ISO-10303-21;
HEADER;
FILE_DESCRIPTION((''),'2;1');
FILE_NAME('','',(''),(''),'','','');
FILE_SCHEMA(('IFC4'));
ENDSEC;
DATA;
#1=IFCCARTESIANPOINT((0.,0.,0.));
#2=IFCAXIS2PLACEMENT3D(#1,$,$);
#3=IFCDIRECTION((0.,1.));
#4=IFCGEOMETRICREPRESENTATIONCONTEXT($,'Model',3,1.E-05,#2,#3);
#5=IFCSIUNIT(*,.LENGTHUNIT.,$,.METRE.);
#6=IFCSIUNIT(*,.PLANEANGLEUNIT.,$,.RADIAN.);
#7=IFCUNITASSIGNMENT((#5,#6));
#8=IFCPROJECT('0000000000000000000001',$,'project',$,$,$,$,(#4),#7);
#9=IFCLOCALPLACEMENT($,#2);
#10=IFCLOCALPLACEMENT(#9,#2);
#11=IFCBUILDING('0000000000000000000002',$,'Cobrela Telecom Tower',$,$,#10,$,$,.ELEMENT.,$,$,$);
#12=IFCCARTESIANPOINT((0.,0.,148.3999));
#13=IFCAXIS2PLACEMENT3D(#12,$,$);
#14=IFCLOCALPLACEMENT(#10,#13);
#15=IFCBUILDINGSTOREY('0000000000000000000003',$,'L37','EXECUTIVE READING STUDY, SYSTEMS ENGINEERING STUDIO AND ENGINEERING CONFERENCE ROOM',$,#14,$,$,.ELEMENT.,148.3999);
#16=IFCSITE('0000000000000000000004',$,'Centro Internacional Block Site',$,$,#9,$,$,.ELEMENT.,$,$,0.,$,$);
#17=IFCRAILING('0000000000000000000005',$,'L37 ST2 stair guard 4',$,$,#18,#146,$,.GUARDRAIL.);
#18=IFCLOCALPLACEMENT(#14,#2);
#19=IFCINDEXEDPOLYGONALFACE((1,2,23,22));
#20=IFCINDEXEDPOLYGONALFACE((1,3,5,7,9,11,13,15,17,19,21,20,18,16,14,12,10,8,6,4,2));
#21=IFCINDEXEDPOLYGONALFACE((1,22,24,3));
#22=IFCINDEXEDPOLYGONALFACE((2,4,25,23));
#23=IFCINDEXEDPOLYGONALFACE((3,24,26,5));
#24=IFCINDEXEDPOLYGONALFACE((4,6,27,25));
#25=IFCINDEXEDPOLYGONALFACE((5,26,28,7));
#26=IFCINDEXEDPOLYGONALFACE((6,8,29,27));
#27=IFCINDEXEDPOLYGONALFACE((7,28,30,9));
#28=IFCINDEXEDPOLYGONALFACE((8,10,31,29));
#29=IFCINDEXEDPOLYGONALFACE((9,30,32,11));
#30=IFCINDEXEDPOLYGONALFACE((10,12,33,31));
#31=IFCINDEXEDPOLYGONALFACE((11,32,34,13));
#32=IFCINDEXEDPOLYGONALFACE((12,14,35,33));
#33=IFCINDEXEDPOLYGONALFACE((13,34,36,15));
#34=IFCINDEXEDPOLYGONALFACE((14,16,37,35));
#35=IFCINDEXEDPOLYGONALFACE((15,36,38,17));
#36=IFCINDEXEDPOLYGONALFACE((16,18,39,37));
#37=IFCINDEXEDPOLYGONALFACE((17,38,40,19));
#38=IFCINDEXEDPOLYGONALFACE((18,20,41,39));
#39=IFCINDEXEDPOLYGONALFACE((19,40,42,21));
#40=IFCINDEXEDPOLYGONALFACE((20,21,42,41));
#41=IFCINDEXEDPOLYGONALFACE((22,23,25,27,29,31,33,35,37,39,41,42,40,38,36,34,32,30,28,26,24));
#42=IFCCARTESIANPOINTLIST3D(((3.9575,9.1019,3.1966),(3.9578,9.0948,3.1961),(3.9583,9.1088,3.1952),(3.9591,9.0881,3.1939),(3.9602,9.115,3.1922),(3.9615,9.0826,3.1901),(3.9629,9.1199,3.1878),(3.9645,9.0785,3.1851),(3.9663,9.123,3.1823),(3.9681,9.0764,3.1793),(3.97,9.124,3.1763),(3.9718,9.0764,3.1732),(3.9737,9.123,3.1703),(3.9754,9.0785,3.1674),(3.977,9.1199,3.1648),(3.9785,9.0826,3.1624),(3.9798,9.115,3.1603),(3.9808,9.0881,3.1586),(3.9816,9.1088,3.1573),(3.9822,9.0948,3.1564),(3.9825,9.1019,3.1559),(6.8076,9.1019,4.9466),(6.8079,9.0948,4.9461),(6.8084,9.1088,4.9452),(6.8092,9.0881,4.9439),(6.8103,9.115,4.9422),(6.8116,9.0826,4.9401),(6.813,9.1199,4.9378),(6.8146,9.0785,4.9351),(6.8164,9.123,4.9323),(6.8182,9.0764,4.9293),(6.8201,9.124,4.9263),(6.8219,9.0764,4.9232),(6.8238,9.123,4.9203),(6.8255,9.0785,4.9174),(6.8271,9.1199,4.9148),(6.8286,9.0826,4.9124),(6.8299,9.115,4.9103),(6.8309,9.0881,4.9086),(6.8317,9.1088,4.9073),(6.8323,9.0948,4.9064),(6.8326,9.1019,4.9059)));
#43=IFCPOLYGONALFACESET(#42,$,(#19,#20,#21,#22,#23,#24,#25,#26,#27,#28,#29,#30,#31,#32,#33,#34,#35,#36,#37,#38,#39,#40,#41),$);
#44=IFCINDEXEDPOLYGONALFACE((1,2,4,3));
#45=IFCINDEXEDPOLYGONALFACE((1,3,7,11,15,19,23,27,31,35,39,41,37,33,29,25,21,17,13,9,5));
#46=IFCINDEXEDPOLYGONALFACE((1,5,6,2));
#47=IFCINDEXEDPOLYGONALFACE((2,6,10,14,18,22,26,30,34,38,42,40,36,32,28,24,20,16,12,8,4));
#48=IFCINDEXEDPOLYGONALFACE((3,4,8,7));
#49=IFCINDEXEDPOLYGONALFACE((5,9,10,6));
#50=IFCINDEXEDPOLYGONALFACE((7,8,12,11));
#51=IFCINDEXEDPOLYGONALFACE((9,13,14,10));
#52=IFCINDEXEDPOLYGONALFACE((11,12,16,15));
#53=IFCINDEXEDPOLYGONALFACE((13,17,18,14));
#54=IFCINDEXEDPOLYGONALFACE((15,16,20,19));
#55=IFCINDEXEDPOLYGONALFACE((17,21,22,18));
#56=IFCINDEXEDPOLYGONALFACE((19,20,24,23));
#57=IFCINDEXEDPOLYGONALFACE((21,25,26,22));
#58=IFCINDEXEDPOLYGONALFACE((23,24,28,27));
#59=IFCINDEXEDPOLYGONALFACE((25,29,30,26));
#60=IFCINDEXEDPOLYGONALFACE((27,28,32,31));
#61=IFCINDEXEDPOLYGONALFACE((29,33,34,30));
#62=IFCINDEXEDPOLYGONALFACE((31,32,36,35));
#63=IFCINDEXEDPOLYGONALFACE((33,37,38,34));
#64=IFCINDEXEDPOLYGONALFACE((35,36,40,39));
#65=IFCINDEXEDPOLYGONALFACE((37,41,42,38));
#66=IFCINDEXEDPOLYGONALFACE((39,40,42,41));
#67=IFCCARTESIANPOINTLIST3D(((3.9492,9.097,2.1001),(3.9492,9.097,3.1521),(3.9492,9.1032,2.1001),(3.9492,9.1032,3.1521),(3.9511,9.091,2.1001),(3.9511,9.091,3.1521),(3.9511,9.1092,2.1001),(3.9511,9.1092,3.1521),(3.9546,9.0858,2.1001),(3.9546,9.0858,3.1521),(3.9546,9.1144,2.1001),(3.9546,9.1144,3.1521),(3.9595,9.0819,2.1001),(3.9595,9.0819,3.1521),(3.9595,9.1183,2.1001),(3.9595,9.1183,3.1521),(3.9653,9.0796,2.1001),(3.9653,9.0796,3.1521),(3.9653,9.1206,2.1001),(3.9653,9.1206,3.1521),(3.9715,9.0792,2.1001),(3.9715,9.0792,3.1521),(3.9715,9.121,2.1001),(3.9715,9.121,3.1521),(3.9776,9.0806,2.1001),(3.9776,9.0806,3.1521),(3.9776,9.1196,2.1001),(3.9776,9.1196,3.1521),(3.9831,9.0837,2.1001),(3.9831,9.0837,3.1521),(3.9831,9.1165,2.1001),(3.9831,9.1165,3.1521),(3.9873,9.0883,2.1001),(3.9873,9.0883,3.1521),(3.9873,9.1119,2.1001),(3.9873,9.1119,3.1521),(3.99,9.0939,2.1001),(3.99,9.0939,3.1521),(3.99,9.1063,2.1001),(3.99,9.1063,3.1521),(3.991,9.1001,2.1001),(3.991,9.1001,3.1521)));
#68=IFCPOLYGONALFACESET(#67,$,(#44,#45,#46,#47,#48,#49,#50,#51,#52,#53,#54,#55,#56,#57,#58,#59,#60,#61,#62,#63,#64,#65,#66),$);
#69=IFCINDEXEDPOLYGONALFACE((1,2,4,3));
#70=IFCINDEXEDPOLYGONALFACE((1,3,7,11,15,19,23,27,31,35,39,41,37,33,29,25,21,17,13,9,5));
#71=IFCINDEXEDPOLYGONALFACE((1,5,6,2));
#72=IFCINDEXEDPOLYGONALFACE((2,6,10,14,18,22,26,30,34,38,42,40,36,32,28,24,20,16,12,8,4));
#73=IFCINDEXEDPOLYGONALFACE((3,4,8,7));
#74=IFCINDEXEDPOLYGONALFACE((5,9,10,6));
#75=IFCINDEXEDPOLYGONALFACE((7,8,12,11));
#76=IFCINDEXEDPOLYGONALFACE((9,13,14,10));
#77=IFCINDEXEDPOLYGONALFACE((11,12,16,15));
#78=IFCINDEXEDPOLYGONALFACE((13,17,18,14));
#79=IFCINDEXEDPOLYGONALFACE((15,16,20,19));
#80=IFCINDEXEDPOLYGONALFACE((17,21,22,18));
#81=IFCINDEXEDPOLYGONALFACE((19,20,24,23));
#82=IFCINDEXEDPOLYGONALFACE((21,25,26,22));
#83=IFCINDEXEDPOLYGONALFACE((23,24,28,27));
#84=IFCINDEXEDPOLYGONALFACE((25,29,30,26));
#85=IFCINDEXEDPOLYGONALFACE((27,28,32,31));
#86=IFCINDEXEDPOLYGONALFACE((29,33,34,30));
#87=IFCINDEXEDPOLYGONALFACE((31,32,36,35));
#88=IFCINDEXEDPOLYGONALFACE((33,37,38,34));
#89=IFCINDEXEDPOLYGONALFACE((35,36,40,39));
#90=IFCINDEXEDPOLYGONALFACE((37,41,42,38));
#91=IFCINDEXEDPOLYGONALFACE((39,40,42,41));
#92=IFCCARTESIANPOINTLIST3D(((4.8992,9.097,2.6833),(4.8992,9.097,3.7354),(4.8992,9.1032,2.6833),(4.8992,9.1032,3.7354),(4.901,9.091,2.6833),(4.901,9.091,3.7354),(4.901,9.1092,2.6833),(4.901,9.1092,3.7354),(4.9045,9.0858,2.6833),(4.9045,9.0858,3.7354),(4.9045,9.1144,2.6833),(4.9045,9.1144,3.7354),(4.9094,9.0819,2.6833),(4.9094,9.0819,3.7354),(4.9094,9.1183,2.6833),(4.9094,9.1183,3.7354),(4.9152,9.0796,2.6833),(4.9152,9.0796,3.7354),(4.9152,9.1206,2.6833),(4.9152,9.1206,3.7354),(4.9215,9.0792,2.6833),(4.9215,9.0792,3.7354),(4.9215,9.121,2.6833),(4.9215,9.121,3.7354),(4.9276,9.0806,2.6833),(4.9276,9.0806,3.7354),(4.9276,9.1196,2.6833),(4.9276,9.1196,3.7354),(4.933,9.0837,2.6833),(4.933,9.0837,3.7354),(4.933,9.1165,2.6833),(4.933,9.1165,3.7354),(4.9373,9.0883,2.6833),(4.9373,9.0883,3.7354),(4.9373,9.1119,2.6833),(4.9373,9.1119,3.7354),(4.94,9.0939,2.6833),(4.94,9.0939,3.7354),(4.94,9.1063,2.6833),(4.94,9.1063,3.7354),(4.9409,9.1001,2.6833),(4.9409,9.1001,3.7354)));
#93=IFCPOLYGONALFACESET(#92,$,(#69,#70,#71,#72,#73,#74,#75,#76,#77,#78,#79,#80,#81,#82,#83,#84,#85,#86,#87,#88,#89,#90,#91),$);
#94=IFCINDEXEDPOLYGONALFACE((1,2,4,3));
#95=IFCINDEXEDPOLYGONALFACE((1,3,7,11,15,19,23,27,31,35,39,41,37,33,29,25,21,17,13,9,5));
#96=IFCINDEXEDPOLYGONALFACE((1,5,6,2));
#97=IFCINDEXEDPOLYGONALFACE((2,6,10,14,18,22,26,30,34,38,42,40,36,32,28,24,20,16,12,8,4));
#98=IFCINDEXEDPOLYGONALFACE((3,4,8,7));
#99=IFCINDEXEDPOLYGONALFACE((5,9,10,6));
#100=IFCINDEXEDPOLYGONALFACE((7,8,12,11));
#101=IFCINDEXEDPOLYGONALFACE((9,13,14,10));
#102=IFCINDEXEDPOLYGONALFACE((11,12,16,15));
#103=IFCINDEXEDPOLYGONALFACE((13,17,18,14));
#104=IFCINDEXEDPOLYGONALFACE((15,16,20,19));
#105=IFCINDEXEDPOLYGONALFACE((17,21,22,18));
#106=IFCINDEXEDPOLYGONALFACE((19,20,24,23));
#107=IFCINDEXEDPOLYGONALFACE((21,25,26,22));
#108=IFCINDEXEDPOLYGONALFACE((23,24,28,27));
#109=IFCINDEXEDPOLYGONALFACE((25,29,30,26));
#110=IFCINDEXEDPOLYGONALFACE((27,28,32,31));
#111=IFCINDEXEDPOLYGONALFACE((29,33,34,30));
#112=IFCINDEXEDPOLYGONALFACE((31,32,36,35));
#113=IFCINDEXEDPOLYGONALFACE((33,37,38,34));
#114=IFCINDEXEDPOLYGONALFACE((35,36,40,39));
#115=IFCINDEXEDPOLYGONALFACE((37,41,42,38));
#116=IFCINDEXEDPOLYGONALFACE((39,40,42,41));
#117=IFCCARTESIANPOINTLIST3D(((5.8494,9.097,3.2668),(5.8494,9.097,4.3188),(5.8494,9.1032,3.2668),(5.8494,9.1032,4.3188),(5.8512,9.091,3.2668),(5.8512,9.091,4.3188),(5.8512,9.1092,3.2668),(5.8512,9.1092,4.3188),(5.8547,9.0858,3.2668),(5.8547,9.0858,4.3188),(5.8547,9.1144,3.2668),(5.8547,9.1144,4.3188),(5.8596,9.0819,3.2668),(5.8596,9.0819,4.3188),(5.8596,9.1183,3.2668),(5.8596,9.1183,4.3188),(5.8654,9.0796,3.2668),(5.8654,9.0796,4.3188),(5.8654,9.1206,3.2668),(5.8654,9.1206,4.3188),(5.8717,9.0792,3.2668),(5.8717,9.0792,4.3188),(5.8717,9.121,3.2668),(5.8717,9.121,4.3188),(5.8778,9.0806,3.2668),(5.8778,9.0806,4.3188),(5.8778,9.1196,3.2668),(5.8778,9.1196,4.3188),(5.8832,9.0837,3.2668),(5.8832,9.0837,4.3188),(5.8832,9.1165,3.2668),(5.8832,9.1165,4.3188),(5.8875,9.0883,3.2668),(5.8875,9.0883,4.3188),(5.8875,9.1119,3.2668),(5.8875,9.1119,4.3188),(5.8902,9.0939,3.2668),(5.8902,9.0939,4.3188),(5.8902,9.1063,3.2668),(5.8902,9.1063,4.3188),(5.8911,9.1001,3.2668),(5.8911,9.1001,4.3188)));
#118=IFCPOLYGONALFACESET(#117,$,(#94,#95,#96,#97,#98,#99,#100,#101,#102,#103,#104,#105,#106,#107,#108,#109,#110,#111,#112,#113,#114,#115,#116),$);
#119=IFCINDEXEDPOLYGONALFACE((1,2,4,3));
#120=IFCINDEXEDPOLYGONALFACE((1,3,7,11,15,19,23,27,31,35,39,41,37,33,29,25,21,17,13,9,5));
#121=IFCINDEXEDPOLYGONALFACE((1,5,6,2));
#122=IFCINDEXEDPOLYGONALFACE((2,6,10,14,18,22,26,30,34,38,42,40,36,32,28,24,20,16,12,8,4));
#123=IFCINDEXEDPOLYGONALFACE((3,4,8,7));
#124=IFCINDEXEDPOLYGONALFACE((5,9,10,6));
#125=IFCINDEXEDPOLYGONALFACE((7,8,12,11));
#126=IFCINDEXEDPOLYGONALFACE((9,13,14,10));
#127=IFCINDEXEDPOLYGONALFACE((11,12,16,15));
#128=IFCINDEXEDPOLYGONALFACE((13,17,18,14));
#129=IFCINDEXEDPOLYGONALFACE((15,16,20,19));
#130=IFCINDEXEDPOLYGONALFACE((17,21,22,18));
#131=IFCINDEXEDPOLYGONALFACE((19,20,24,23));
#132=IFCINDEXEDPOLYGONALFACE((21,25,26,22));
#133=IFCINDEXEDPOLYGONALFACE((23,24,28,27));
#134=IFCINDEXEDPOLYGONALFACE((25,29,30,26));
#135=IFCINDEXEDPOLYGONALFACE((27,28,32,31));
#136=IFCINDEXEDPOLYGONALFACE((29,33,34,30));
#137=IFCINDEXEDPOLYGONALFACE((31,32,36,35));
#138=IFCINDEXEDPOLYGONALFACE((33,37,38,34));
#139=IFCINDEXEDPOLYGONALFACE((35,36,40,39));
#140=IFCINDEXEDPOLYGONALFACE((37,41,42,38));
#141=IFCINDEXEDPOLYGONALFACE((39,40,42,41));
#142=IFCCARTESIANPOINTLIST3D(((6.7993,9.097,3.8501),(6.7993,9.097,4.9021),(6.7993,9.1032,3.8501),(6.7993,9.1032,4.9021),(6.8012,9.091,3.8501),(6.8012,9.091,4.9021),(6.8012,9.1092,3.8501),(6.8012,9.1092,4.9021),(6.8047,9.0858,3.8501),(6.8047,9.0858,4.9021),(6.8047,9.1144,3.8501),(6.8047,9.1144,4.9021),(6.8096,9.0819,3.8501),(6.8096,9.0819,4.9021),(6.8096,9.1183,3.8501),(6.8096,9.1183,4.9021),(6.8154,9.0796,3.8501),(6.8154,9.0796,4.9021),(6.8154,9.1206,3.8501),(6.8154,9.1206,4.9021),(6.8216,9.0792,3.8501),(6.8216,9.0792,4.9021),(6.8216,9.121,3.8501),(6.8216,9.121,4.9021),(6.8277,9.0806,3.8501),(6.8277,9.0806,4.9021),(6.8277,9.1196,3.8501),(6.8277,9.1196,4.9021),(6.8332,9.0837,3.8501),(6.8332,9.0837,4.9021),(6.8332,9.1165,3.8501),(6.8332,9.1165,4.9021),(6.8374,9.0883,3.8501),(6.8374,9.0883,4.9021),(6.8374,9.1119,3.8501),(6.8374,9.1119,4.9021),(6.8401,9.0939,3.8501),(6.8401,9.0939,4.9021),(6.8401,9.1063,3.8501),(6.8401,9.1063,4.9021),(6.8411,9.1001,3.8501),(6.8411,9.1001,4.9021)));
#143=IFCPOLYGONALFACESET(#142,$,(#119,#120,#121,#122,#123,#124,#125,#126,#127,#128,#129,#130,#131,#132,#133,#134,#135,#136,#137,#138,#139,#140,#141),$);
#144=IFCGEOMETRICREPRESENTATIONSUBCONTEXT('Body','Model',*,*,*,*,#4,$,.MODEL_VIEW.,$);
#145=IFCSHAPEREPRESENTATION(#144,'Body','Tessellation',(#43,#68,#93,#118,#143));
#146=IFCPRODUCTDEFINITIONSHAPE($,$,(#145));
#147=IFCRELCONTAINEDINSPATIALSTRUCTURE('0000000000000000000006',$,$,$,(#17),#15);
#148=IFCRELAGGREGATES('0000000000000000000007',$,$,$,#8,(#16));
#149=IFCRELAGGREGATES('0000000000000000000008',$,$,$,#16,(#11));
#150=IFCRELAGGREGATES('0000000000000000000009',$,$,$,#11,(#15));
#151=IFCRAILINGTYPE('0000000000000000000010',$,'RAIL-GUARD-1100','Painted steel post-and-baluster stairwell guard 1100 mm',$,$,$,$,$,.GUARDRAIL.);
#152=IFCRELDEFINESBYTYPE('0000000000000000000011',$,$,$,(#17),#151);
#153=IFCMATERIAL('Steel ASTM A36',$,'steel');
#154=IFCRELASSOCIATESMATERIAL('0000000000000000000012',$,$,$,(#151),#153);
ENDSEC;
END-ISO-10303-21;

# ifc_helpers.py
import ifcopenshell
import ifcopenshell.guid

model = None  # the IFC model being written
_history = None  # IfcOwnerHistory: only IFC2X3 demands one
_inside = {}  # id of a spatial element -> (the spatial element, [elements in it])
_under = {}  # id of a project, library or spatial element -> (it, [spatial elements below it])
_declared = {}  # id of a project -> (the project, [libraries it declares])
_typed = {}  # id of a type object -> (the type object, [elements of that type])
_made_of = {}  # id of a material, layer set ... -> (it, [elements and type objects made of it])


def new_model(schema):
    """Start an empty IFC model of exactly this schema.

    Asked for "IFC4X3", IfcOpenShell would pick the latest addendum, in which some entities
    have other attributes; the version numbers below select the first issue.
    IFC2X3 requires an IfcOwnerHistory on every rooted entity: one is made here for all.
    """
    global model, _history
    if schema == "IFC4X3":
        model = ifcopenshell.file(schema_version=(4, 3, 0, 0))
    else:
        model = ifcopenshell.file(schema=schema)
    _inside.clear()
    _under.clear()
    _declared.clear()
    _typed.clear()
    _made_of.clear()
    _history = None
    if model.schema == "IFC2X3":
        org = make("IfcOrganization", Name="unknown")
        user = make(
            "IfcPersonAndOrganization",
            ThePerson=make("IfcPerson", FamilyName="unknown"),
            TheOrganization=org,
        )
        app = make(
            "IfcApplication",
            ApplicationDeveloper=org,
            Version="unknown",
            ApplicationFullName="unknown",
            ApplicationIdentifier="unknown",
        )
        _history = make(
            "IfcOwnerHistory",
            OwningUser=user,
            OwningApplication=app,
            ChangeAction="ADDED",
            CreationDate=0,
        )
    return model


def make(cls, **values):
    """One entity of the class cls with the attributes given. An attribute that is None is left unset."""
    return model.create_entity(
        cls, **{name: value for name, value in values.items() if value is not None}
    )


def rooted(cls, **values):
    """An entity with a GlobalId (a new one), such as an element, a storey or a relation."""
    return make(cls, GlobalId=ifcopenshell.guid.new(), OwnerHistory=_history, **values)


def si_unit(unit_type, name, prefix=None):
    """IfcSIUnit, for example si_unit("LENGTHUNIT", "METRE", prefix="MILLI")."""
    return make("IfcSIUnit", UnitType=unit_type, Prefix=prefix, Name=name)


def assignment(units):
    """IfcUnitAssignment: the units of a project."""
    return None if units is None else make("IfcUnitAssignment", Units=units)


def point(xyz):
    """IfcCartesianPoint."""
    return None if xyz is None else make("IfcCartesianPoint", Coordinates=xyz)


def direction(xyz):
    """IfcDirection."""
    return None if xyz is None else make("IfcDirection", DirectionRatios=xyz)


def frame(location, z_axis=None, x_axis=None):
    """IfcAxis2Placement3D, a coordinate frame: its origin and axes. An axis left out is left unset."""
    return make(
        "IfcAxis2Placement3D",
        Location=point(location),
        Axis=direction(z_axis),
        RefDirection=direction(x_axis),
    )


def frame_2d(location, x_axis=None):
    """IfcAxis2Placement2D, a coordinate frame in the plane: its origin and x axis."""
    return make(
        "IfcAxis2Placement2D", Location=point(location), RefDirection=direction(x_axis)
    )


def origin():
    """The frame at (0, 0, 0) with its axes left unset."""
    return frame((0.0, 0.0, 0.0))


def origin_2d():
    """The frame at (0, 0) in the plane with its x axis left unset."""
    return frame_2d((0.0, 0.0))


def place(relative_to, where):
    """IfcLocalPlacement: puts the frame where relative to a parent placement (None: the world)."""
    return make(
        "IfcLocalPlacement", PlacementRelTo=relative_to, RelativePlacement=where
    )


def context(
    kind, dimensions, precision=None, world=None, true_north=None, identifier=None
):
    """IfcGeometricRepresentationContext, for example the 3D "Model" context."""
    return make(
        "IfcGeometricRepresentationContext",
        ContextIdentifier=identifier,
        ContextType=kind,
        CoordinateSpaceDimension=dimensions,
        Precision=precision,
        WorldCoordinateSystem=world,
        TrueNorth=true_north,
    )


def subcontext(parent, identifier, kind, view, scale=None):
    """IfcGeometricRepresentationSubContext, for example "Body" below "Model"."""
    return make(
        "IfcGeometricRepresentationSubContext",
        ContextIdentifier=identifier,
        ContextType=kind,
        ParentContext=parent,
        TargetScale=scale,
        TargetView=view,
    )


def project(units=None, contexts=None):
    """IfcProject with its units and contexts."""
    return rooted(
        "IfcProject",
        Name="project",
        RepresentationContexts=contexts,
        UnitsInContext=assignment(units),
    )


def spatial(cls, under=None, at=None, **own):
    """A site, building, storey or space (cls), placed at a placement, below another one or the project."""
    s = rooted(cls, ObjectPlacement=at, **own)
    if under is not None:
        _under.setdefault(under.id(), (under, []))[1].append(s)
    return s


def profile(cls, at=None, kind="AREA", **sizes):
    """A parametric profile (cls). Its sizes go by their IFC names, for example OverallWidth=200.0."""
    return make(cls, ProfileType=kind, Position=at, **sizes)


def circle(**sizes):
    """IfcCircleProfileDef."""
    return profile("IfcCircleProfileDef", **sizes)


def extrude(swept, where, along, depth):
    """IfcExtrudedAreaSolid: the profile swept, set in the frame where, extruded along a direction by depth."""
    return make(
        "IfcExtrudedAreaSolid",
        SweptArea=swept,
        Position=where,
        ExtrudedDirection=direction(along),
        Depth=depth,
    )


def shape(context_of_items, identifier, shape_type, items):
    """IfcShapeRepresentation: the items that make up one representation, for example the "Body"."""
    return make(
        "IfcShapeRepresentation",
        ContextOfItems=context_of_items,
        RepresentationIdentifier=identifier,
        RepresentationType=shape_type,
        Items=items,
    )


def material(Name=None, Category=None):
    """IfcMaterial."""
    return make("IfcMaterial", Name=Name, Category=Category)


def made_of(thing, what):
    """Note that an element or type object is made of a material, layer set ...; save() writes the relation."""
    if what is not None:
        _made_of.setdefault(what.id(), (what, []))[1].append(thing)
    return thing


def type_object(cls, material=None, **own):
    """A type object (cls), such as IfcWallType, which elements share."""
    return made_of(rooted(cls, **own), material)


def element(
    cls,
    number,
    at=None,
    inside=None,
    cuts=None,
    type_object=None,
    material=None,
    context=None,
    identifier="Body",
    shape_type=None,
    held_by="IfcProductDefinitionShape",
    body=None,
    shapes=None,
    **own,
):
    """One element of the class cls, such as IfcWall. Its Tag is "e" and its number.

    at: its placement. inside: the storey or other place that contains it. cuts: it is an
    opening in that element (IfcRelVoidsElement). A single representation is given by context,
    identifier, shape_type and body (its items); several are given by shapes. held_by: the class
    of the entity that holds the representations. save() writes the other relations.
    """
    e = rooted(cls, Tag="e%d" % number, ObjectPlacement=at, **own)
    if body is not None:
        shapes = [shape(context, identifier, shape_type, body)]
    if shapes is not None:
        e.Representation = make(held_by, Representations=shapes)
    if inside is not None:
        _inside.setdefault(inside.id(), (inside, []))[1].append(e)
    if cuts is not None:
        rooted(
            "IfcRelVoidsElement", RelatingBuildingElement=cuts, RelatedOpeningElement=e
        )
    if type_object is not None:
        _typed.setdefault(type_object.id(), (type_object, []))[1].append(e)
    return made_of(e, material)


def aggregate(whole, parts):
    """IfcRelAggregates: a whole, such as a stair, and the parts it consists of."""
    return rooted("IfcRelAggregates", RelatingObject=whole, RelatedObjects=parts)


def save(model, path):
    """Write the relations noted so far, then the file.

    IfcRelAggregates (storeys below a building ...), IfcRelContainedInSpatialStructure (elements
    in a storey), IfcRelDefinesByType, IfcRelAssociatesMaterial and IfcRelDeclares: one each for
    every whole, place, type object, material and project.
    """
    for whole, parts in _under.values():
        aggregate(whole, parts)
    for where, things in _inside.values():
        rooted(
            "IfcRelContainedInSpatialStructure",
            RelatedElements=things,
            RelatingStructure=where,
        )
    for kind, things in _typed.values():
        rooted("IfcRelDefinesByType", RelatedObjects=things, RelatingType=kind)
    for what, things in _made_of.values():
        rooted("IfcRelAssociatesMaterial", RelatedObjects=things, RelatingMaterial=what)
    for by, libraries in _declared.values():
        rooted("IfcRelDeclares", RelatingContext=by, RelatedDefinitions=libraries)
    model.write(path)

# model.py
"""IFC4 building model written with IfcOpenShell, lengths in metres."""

from ifc_helpers import new_model, si_unit, direction, frame, origin, origin_2d, place, context, subcontext, project, spatial, circle, extrude, material, type_object, element, save


model = new_model("IFC4")

# Units and contexts
model_context = context("Model", 3, precision=1e-05, world=origin(), true_north=direction((0.0, 1.0)))
body_context = subcontext(model_context, "Body", "Model", "MODEL_VIEW")
ifc_project = project(units=[si_unit("LENGTHUNIT", "METRE"), si_unit("PLANEANGLEUNIT", "RADIAN")], contexts=[model_context])

# Site, building, storey
site_placement = place(None, origin())
site = spatial("IfcSite", under=ifc_project, at=site_placement, Name="Centro Internacional Block Site", CompositionType="ELEMENT", RefElevation=0.0)
building_placement = place(site_placement, origin())
building = spatial("IfcBuilding", under=site, at=building_placement, Name="Cobrela Telecom Tower", CompositionType="ELEMENT")
storey_placement = place(building_placement, frame((0.0, 0.0, 148.3999)))
storey = spatial("IfcBuildingStorey", under=building, at=storey_placement, Name="L37", Description="EXECUTIVE READING STUDY, SYSTEMS ENGINEERING STUDIO AND ENGINEERING CONFERENCE ROOM", CompositionType="ELEMENT", Elevation=148.3999)

# Railing
ifc_material_1 = material(Name="Steel ASTM A36", Category="steel")
railing_type_1 = type_object("IfcRailingType", Name="RAIL-GUARD-1100", Description="Painted steel post-and-baluster stairwell guard 1100 mm", PredefinedType="GUARDRAIL", material=ifc_material_1)
railing_1_placement = place(storey_placement, frame((3.97, 9.1001, 2.1001)))
element("IfcRailing", 1, at=railing_1_placement, inside=storey, type_object=railing_type_1, Name="L37 ST2 stair guard 4", PredefinedType="GUARDRAIL", context=body_context, shape_type="SweptSolid", body=[
    extrude(circle(Radius=0.0239, at=origin_2d()), frame((0.0, 0.0, 1.0762), z_axis=(0.852179, 0.0, 0.52325), x_axis=(0.0, 1.0, 0.0)), (0.0, 0.0, 1.0), 3.3445),
    extrude(circle(Radius=0.021, at=origin_2d()), origin(), (0.0, 0.0, 1.0), 1.052),
    extrude(circle(Radius=0.021, at=origin_2d()), frame((0.95, 0.0, 0.5833)), (0.0, 0.0, 1.0), 1.052),
    extrude(circle(Radius=0.021, at=origin_2d()), frame((1.9001, 0.0, 1.1667)), (0.0, 0.0, 1.0), 1.052),
    extrude(circle(Radius=0.021, at=origin_2d()), frame((2.8501, 0.0, 1.75)), (0.0, 0.0, 1.0), 1.052),
])

save(model, "model.ifc")
